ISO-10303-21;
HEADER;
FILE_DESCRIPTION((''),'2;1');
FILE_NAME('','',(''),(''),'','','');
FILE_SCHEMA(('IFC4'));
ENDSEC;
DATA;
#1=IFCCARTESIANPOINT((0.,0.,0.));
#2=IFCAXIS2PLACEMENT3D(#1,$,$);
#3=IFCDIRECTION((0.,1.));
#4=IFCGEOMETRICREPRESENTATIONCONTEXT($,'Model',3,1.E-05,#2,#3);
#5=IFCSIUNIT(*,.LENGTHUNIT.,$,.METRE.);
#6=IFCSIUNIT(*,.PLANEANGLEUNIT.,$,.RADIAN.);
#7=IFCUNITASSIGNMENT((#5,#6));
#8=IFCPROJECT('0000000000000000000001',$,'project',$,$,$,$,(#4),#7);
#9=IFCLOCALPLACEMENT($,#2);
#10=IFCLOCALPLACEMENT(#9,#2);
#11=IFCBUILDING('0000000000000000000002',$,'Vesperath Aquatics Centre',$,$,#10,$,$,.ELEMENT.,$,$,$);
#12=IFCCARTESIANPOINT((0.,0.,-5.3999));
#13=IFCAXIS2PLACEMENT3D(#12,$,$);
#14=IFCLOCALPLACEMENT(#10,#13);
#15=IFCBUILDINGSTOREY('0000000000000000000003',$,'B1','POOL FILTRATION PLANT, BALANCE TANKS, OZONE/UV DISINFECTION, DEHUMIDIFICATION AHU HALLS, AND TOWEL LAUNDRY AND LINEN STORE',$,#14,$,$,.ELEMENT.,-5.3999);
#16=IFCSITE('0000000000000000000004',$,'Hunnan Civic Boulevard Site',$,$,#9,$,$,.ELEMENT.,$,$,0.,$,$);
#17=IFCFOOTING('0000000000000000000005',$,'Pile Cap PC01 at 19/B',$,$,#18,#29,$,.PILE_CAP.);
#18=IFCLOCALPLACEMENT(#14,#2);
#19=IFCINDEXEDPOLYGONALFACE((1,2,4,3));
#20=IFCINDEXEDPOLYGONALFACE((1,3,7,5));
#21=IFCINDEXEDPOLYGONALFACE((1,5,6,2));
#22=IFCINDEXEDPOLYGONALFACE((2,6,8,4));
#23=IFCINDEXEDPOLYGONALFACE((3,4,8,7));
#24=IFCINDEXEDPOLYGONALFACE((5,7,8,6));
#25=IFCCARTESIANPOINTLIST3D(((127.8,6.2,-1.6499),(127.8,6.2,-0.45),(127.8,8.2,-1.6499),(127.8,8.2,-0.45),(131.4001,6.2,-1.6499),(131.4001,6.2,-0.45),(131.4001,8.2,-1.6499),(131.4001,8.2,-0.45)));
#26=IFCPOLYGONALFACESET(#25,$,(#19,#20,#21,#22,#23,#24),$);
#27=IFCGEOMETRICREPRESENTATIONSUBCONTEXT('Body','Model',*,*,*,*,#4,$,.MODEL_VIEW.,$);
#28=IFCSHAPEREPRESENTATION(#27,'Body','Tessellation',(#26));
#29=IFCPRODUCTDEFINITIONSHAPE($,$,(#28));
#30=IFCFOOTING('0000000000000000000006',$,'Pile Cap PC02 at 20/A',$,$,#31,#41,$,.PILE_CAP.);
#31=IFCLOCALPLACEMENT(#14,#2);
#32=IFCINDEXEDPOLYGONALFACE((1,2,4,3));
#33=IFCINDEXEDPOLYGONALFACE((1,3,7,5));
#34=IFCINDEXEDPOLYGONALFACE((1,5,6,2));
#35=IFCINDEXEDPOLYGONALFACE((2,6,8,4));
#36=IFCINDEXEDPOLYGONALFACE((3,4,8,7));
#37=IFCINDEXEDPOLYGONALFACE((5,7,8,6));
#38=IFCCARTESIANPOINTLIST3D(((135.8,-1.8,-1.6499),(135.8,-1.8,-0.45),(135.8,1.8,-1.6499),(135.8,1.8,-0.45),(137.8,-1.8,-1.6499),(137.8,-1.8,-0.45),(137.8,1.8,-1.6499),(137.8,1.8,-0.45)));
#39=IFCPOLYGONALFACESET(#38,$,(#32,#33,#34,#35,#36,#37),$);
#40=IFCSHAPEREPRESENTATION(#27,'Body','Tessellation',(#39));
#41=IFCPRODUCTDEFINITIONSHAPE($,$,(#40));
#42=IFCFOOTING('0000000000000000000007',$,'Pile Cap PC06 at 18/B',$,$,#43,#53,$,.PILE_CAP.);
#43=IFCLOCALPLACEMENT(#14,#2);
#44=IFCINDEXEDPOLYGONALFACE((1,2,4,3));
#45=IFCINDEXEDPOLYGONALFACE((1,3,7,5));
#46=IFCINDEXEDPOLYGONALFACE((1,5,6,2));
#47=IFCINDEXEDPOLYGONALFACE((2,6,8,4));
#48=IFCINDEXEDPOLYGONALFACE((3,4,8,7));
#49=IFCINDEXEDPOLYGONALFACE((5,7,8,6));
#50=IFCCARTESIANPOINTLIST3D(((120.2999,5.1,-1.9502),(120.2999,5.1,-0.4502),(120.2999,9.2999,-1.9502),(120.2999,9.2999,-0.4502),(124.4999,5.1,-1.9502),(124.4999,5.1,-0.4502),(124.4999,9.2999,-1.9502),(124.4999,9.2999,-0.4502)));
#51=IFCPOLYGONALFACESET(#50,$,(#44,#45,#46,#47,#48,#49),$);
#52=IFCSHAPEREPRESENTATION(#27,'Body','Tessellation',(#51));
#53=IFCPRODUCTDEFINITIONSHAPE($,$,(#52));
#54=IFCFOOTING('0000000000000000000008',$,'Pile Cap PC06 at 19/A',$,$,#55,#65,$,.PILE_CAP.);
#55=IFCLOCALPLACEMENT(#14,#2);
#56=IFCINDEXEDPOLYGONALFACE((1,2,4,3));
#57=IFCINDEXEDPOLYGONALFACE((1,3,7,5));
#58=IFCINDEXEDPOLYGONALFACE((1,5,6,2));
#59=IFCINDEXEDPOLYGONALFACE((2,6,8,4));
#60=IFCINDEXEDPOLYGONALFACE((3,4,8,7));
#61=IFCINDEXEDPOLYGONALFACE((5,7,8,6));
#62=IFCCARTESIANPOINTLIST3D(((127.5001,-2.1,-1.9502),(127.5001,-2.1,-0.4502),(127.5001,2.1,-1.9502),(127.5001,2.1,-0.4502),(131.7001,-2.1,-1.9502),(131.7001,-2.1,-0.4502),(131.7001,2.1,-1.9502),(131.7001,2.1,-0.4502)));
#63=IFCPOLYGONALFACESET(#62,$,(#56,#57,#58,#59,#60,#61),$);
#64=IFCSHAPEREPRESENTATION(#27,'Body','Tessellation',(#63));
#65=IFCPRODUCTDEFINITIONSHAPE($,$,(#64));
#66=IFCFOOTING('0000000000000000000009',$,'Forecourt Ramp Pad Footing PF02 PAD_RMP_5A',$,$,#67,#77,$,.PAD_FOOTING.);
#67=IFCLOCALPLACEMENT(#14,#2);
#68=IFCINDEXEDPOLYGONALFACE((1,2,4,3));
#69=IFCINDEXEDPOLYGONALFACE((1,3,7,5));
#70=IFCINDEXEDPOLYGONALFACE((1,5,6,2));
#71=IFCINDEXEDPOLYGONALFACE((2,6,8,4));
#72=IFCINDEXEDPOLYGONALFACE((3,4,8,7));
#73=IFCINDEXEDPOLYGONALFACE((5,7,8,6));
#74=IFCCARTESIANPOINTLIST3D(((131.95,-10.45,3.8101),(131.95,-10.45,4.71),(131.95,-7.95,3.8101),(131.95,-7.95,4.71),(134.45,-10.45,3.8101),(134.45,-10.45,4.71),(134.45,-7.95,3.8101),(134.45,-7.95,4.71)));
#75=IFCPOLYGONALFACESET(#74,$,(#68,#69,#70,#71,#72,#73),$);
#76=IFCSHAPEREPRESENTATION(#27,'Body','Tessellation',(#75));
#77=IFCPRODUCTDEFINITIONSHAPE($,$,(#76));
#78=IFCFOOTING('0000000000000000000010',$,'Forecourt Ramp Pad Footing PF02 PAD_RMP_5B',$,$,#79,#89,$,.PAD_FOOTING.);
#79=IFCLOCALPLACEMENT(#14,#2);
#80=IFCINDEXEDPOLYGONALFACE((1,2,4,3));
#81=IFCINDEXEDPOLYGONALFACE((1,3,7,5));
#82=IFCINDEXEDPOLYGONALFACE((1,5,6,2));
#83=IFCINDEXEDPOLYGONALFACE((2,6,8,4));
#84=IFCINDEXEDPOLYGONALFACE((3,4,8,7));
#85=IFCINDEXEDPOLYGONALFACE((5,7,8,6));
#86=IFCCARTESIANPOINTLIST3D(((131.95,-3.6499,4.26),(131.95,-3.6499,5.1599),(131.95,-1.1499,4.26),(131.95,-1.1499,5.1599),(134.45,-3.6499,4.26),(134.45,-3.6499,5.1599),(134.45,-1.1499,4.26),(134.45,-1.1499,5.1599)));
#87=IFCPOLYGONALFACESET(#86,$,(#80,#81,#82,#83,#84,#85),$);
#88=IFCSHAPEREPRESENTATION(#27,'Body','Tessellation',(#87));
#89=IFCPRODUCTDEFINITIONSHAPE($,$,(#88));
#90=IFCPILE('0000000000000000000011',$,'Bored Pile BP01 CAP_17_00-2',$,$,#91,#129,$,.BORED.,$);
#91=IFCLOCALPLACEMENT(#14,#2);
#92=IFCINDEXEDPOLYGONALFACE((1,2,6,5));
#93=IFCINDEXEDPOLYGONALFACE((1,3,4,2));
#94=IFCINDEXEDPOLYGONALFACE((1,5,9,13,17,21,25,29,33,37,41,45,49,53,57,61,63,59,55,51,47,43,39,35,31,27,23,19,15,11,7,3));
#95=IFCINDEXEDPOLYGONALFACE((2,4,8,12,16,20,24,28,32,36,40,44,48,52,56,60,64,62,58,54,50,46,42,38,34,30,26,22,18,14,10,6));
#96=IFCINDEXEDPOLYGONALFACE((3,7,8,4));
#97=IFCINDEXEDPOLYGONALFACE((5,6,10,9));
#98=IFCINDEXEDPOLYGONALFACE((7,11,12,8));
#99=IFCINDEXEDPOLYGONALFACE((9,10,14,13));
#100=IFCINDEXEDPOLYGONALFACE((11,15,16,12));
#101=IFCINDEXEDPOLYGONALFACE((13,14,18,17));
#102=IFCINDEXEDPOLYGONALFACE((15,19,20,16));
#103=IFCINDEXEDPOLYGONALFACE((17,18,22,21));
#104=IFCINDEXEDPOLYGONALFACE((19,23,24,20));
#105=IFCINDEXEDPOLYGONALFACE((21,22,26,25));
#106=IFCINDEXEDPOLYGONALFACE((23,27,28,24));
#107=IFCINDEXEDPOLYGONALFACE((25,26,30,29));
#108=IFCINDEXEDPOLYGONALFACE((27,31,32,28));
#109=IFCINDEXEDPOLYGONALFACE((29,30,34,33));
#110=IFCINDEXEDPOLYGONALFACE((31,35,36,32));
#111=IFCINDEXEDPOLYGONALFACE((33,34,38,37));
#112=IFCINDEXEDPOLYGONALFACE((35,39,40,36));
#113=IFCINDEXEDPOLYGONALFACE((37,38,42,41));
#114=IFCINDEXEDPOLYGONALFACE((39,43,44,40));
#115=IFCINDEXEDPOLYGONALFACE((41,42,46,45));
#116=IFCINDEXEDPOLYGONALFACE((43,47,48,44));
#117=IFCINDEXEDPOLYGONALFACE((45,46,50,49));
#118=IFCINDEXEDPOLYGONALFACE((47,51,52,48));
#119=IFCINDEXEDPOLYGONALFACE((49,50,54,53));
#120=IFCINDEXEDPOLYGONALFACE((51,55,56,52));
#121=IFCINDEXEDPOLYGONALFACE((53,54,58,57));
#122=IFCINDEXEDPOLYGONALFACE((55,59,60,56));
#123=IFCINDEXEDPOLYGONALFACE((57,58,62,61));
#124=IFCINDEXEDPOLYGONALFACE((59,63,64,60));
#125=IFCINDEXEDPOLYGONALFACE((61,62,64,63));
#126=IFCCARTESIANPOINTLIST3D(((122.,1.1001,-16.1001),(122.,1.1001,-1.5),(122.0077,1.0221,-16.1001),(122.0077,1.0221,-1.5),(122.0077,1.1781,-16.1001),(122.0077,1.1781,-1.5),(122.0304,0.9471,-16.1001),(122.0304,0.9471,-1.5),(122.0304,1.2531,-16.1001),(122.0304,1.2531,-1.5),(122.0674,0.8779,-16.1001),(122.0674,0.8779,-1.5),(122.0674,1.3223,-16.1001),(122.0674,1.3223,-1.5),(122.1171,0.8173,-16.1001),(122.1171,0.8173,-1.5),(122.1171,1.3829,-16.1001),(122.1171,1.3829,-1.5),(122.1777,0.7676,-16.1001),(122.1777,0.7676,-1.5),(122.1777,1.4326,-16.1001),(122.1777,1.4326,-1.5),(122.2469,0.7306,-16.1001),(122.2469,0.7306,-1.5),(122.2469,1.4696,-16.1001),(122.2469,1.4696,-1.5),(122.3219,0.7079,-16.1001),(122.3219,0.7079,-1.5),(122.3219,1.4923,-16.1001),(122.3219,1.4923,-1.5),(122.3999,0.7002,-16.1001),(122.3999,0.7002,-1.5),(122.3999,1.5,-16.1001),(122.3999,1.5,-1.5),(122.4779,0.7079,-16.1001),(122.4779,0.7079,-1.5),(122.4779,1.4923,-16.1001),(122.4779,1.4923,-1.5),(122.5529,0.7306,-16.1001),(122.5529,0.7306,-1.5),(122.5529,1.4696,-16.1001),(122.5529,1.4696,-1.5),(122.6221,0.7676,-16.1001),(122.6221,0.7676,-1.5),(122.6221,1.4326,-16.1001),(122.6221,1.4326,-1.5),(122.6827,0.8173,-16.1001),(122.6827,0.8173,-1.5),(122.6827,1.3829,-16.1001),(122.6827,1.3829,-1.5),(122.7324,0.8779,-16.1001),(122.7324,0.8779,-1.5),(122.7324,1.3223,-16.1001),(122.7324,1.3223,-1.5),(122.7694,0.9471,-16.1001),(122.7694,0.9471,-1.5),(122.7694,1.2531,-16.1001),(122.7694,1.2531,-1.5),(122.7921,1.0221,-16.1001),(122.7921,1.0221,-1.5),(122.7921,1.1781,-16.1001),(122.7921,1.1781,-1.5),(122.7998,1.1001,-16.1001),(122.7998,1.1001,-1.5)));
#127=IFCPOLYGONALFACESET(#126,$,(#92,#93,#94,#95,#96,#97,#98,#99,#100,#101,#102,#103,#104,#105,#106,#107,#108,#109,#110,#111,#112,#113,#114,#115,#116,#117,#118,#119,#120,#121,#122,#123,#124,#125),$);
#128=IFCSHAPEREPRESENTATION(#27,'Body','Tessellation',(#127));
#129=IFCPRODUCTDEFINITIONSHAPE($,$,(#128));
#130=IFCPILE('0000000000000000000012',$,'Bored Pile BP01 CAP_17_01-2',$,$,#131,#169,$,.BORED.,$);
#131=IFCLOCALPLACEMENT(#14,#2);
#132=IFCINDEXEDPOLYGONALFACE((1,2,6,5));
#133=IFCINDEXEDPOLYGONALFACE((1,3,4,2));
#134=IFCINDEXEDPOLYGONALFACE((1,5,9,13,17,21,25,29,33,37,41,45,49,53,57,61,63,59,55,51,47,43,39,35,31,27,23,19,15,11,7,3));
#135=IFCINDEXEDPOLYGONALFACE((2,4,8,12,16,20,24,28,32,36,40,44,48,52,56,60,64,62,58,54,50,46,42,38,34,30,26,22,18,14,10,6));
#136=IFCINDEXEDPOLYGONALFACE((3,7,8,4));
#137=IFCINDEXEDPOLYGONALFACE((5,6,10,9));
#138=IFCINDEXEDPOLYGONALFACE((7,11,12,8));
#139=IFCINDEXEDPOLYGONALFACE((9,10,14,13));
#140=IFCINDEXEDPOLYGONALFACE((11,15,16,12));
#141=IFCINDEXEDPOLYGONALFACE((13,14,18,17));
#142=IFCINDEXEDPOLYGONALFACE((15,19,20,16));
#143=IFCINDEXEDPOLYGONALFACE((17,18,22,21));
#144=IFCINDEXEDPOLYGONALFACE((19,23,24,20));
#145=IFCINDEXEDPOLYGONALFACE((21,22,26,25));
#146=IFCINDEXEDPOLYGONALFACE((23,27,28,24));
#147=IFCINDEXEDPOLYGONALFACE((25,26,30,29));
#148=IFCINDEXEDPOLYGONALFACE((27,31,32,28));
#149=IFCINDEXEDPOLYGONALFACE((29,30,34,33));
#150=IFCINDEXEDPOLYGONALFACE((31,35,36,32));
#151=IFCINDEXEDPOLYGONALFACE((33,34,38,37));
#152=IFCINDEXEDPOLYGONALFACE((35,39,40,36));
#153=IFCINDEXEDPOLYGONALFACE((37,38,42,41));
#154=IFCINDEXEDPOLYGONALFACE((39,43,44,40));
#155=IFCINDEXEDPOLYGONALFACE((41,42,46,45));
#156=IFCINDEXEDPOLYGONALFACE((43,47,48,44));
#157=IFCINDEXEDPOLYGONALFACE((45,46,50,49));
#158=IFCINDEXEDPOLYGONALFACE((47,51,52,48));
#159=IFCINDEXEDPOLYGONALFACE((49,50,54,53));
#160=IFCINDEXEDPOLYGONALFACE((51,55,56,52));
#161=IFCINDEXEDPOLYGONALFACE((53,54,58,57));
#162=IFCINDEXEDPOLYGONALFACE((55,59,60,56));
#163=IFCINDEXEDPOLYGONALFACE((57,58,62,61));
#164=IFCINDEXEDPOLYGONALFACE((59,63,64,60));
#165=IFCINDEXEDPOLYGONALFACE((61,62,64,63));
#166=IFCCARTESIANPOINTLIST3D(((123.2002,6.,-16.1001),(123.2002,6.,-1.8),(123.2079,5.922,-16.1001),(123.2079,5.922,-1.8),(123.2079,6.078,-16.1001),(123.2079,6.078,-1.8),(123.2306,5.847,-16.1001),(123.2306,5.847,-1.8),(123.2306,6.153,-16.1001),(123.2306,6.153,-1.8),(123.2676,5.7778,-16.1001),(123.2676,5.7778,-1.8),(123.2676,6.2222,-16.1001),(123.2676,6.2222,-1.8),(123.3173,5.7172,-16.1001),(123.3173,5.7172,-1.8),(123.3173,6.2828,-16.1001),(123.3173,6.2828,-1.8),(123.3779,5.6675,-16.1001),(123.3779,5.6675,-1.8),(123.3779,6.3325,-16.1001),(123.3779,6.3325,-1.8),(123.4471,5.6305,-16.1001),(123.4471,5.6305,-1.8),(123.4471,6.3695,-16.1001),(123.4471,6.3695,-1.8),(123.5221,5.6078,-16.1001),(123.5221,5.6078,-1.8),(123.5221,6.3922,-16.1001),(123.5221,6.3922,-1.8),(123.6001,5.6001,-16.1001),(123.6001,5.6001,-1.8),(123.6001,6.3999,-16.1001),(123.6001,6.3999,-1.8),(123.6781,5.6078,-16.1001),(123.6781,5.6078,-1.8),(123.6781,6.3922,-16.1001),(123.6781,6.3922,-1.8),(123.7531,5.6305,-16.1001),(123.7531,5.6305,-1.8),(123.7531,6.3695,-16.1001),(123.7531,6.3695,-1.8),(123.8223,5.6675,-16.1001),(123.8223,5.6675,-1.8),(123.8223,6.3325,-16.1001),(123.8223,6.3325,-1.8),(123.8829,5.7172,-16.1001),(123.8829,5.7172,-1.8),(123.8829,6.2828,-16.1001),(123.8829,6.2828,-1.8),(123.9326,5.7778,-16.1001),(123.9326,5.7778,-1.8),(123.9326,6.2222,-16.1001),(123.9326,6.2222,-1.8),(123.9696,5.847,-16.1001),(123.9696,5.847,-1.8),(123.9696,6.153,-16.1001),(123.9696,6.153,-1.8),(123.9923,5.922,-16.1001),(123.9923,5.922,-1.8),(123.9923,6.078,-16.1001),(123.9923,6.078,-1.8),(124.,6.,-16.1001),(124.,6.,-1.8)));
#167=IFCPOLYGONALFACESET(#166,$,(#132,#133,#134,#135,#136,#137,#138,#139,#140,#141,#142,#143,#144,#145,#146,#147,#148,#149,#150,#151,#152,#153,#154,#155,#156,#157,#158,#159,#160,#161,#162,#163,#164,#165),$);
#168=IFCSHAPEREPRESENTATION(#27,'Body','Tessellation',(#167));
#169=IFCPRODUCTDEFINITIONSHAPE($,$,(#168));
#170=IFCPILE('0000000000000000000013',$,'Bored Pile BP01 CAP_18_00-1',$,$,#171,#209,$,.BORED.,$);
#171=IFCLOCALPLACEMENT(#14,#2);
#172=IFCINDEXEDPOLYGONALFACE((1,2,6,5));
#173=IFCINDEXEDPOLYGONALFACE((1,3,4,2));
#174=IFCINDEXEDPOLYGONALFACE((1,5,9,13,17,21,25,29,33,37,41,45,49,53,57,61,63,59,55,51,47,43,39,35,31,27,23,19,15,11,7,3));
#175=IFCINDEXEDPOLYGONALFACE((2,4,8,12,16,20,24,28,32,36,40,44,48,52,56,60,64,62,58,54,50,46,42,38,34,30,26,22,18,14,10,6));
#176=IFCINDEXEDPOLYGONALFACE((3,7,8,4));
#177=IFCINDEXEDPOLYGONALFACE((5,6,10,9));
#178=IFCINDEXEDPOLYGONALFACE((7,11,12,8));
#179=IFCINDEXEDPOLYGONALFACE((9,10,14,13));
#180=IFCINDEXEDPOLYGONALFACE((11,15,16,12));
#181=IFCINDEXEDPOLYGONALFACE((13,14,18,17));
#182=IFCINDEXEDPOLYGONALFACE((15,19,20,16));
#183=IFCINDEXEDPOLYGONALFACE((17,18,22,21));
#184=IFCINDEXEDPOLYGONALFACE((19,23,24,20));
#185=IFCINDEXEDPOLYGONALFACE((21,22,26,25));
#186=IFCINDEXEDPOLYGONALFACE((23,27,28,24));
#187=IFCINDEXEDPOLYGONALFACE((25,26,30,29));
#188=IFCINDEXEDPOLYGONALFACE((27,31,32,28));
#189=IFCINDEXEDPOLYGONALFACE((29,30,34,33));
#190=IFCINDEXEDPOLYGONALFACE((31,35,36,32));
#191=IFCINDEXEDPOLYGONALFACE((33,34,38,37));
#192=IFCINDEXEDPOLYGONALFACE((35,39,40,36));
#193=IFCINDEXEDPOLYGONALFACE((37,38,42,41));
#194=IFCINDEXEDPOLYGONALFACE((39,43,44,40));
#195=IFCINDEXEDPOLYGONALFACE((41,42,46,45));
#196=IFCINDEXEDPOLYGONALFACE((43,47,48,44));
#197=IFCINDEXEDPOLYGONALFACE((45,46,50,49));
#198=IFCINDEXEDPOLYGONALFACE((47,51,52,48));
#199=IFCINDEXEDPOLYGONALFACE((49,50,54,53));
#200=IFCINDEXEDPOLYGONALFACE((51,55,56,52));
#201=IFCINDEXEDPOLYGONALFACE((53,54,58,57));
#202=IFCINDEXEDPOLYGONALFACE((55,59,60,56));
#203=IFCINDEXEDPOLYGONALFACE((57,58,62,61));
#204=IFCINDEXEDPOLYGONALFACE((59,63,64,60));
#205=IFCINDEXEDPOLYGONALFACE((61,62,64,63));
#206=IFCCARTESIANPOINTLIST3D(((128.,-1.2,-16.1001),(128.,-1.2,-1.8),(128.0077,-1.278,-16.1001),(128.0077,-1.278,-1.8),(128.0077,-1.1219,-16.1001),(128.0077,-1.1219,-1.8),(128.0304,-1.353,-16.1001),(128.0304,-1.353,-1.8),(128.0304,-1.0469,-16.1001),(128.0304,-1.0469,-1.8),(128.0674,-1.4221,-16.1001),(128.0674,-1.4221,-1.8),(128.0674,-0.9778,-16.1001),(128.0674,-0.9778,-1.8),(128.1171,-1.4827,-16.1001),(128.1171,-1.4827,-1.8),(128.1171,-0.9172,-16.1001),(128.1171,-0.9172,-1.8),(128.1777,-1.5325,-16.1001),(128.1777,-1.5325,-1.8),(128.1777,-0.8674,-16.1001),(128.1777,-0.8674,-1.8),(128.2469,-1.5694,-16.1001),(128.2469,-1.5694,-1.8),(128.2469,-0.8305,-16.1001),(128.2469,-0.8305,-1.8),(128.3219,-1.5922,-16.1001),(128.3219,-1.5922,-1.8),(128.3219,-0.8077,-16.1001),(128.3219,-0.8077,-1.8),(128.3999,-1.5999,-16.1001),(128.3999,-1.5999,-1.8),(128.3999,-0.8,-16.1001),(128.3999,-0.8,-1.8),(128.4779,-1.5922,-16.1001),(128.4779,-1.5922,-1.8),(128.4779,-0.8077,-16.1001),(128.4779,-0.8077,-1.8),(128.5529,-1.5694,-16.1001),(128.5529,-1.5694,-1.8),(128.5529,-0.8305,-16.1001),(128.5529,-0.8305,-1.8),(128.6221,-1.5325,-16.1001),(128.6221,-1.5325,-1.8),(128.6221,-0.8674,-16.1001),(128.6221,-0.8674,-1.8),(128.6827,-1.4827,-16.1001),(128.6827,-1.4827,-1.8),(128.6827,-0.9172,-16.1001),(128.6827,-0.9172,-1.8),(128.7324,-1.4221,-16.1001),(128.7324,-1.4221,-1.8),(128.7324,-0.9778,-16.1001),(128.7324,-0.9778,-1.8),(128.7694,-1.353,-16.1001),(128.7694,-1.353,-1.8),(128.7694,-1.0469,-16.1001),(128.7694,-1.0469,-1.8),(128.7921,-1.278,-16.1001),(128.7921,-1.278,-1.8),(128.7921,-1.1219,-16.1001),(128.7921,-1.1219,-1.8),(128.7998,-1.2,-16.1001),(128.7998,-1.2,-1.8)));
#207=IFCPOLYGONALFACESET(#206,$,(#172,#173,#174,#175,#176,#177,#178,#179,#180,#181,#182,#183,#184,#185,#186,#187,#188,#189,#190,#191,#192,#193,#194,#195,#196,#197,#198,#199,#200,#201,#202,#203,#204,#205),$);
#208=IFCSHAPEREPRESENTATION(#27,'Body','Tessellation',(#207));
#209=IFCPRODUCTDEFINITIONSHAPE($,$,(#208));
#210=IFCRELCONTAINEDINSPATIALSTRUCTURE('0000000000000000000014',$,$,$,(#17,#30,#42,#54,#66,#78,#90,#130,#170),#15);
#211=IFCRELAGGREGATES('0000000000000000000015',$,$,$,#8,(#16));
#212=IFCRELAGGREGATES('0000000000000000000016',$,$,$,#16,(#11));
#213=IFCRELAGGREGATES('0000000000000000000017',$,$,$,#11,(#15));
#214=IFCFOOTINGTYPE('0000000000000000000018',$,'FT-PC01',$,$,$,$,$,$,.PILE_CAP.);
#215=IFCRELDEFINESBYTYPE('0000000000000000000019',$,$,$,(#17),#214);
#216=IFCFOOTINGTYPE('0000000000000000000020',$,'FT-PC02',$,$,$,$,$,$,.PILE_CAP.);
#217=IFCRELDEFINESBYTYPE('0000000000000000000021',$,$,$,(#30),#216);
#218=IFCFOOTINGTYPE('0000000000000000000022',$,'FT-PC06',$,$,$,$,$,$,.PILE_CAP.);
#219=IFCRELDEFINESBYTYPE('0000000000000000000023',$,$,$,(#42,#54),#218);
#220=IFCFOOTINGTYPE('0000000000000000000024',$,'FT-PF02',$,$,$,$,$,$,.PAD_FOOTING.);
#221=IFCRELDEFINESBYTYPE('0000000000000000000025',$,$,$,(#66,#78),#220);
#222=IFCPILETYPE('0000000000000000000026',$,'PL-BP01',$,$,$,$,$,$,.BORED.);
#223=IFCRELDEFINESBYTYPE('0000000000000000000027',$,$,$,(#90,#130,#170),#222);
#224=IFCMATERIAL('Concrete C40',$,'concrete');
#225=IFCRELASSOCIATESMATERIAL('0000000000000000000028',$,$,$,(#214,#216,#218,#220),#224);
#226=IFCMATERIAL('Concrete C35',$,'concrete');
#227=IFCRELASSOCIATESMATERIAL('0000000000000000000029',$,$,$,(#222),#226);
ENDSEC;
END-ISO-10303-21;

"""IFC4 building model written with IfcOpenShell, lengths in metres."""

from ifc_helpers import new_model, si_unit, direction, frame, origin, origin_2d, place, context, subcontext, project, spatial, rectangle, circle, extrude, material, material_profile, profile_set, type_object, element, save


model = new_model("IFC4")

# Units and contexts
model_context = context("Model", 3, precision=1e-05, world=origin(), true_north=direction((0.0, 1.0)))
body_context = subcontext(model_context, "Body", "Model", "MODEL_VIEW")
ifc_project = project(units=[si_unit("LENGTHUNIT", "METRE"), si_unit("PLANEANGLEUNIT", "RADIAN")], contexts=[model_context])

# Site, building, storey
site_placement = place(None, origin())
site = spatial("IfcSite", under=ifc_project, at=site_placement, Name="Hunnan Civic Boulevard Site", CompositionType="ELEMENT", RefElevation=0.0)
building_placement = place(site_placement, origin())
building = spatial("IfcBuilding", under=site, at=building_placement, Name="Vesperath Aquatics Centre", CompositionType="ELEMENT")
storey_placement = place(building_placement, frame((0.0, 0.0, -5.3999)))
storey = spatial("IfcBuildingStorey", under=building, at=storey_placement, Name="B1", Description="POOL FILTRATION PLANT, BALANCE TANKS, OZONE/UV DISINFECTION, DEHUMIDIFICATION AHU HALLS, AND TOWEL LAUNDRY AND LINEN STORE", CompositionType="ELEMENT", Elevation=-5.3999)

# Footings
ifc_material_1 = material(Name="Concrete C40", Category="concrete")
footing_type_1 = type_object("IfcFootingType", Name="FT-PC01", PredefinedType="PILE_CAP", material=ifc_material_1)
footing_1_placement = place(storey_placement, frame((129.6001, 7.2, -1.6499), z_axis=(0.0, 0.0, 1.0), x_axis=(1.0, 0.0, 0.0)))
element("IfcFooting", 1, at=footing_1_placement, inside=storey, type_object=footing_type_1, Name="Pile Cap PC01 at 19/B", PredefinedType="PILE_CAP", context=body_context, shape_type="SweptSolid", body=[
    extrude(rectangle(XDim=3.6001, YDim=2.0, at=origin_2d()), origin(), (0.0, 0.0, 1.0), 1.2),
])
footing_type_2 = type_object("IfcFootingType", Name="FT-PC02", PredefinedType="PILE_CAP", material=ifc_material_1)
footing_2_placement = place(storey_placement, frame((136.8, 0.0, -1.6499), z_axis=(0.0, 0.0, 1.0), x_axis=(1.0, 0.0, 0.0)))
element("IfcFooting", 2, at=footing_2_placement, inside=storey, type_object=footing_type_2, Name="Pile Cap PC02 at 20/A", PredefinedType="PILE_CAP", context=body_context, shape_type="SweptSolid", body=[
    extrude(rectangle(XDim=2.0, YDim=3.6001, at=origin_2d()), origin(), (0.0, 0.0, 1.0), 1.2),
])
footing_type_3 = type_object("IfcFootingType", Name="FT-PC06", PredefinedType="PILE_CAP", material=ifc_material_1)
for number, where, z_axis, x_axis, name in (
    (3, (122.3999, 7.2, -1.9502), (0.0, 0.0, 1.0), (1.0, 0.0, 0.0), "Pile Cap PC06 at 18/B"),
    (4, (129.6001, 0.0, -1.9502), (0.0, 0.0, 1.0), (1.0, 0.0, 0.0), "Pile Cap PC06 at 19/A"),
):
    element("IfcFooting", number, at=place(storey_placement, frame(where, z_axis=z_axis, x_axis=x_axis)), inside=storey, type_object=footing_type_3, Name=name, PredefinedType="PILE_CAP", context=body_context, shape_type="SweptSolid", body=[
        extrude(rectangle(XDim=4.2, YDim=4.2, at=origin_2d()), origin(), (0.0, 0.0, 1.0), 1.5),
    ])
footing_type_4 = type_object("IfcFootingType", Name="FT-PF02", PredefinedType="PAD_FOOTING", material=ifc_material_1)
for number, where, z_axis, x_axis, name in (
    (5, (133.2, -9.2, 3.8101), (0.0, 0.0, 1.0), (1.0, 0.0, 0.0), "Forecourt Ramp Pad Footing PF02 PAD_RMP_5A"),
    (6, (133.2, -2.3999, 4.26), (0.0, 0.0, 1.0), (1.0, 0.0, 0.0), "Forecourt Ramp Pad Footing PF02 PAD_RMP_5B"),
):
    element("IfcFooting", number, at=place(storey_placement, frame(where, z_axis=z_axis, x_axis=x_axis)), inside=storey, type_object=footing_type_4, Name=name, PredefinedType="PAD_FOOTING", context=body_context, shape_type="SweptSolid", body=[
        extrude(rectangle(XDim=2.5, YDim=2.5, at=origin_2d()), origin(), (0.0, 0.0, 1.0), 0.8999),
    ])

# Piles
ifc_material_2 = material(Name="Concrete C35", Category="concrete")
ifc_material_profile_1 = material_profile(ifc_material_2, circle(Radius=0.3999, at=origin_2d()), Name="PILE D800")
ifc_profile_set_1 = profile_set([ifc_material_profile_1], Name="Concrete C35")
pile_type = type_object("IfcPileType", Name="PL-BP01", PredefinedType="BORED", material=ifc_profile_set_1)
pile_placement = place(storey_placement, frame((122.3999, 1.1001, -1.5), z_axis=(0.0, 0.0, -1.0), x_axis=(1.0, 0.0, 0.0)))
element("IfcPile", 7, at=pile_placement, inside=storey, type_object=pile_type, Name="Bored Pile BP01 CAP_17_00-2", PredefinedType="BORED", context=body_context, shape_type="SweptSolid", body=[
    extrude(circle(Radius=0.3999, at=origin_2d()), origin(), (0.0, 0.0, 1.0), 14.6001),
])
for number, where, z_axis, x_axis, name in (
    (8, (123.6001, 6.0, -1.8), (0.0, 0.0, -1.0), (1.0, 0.0, 0.0), "Bored Pile BP01 CAP_17_01-2"),
    (9, (128.3999, -1.2, -1.8), (0.0, 0.0, -1.0), (1.0, 0.0, 0.0), "Bored Pile BP01 CAP_18_00-1"),
):
    element("IfcPile", number, at=place(storey_placement, frame(where, z_axis=z_axis, x_axis=x_axis)), inside=storey, type_object=pile_type, Name=name, PredefinedType="BORED", context=body_context, shape_type="SweptSolid", body=[
        extrude(circle(Radius=0.3999, at=origin_2d()), origin(), (0.0, 0.0, 1.0), 14.3),
    ])

save(model, "model.ifc")
